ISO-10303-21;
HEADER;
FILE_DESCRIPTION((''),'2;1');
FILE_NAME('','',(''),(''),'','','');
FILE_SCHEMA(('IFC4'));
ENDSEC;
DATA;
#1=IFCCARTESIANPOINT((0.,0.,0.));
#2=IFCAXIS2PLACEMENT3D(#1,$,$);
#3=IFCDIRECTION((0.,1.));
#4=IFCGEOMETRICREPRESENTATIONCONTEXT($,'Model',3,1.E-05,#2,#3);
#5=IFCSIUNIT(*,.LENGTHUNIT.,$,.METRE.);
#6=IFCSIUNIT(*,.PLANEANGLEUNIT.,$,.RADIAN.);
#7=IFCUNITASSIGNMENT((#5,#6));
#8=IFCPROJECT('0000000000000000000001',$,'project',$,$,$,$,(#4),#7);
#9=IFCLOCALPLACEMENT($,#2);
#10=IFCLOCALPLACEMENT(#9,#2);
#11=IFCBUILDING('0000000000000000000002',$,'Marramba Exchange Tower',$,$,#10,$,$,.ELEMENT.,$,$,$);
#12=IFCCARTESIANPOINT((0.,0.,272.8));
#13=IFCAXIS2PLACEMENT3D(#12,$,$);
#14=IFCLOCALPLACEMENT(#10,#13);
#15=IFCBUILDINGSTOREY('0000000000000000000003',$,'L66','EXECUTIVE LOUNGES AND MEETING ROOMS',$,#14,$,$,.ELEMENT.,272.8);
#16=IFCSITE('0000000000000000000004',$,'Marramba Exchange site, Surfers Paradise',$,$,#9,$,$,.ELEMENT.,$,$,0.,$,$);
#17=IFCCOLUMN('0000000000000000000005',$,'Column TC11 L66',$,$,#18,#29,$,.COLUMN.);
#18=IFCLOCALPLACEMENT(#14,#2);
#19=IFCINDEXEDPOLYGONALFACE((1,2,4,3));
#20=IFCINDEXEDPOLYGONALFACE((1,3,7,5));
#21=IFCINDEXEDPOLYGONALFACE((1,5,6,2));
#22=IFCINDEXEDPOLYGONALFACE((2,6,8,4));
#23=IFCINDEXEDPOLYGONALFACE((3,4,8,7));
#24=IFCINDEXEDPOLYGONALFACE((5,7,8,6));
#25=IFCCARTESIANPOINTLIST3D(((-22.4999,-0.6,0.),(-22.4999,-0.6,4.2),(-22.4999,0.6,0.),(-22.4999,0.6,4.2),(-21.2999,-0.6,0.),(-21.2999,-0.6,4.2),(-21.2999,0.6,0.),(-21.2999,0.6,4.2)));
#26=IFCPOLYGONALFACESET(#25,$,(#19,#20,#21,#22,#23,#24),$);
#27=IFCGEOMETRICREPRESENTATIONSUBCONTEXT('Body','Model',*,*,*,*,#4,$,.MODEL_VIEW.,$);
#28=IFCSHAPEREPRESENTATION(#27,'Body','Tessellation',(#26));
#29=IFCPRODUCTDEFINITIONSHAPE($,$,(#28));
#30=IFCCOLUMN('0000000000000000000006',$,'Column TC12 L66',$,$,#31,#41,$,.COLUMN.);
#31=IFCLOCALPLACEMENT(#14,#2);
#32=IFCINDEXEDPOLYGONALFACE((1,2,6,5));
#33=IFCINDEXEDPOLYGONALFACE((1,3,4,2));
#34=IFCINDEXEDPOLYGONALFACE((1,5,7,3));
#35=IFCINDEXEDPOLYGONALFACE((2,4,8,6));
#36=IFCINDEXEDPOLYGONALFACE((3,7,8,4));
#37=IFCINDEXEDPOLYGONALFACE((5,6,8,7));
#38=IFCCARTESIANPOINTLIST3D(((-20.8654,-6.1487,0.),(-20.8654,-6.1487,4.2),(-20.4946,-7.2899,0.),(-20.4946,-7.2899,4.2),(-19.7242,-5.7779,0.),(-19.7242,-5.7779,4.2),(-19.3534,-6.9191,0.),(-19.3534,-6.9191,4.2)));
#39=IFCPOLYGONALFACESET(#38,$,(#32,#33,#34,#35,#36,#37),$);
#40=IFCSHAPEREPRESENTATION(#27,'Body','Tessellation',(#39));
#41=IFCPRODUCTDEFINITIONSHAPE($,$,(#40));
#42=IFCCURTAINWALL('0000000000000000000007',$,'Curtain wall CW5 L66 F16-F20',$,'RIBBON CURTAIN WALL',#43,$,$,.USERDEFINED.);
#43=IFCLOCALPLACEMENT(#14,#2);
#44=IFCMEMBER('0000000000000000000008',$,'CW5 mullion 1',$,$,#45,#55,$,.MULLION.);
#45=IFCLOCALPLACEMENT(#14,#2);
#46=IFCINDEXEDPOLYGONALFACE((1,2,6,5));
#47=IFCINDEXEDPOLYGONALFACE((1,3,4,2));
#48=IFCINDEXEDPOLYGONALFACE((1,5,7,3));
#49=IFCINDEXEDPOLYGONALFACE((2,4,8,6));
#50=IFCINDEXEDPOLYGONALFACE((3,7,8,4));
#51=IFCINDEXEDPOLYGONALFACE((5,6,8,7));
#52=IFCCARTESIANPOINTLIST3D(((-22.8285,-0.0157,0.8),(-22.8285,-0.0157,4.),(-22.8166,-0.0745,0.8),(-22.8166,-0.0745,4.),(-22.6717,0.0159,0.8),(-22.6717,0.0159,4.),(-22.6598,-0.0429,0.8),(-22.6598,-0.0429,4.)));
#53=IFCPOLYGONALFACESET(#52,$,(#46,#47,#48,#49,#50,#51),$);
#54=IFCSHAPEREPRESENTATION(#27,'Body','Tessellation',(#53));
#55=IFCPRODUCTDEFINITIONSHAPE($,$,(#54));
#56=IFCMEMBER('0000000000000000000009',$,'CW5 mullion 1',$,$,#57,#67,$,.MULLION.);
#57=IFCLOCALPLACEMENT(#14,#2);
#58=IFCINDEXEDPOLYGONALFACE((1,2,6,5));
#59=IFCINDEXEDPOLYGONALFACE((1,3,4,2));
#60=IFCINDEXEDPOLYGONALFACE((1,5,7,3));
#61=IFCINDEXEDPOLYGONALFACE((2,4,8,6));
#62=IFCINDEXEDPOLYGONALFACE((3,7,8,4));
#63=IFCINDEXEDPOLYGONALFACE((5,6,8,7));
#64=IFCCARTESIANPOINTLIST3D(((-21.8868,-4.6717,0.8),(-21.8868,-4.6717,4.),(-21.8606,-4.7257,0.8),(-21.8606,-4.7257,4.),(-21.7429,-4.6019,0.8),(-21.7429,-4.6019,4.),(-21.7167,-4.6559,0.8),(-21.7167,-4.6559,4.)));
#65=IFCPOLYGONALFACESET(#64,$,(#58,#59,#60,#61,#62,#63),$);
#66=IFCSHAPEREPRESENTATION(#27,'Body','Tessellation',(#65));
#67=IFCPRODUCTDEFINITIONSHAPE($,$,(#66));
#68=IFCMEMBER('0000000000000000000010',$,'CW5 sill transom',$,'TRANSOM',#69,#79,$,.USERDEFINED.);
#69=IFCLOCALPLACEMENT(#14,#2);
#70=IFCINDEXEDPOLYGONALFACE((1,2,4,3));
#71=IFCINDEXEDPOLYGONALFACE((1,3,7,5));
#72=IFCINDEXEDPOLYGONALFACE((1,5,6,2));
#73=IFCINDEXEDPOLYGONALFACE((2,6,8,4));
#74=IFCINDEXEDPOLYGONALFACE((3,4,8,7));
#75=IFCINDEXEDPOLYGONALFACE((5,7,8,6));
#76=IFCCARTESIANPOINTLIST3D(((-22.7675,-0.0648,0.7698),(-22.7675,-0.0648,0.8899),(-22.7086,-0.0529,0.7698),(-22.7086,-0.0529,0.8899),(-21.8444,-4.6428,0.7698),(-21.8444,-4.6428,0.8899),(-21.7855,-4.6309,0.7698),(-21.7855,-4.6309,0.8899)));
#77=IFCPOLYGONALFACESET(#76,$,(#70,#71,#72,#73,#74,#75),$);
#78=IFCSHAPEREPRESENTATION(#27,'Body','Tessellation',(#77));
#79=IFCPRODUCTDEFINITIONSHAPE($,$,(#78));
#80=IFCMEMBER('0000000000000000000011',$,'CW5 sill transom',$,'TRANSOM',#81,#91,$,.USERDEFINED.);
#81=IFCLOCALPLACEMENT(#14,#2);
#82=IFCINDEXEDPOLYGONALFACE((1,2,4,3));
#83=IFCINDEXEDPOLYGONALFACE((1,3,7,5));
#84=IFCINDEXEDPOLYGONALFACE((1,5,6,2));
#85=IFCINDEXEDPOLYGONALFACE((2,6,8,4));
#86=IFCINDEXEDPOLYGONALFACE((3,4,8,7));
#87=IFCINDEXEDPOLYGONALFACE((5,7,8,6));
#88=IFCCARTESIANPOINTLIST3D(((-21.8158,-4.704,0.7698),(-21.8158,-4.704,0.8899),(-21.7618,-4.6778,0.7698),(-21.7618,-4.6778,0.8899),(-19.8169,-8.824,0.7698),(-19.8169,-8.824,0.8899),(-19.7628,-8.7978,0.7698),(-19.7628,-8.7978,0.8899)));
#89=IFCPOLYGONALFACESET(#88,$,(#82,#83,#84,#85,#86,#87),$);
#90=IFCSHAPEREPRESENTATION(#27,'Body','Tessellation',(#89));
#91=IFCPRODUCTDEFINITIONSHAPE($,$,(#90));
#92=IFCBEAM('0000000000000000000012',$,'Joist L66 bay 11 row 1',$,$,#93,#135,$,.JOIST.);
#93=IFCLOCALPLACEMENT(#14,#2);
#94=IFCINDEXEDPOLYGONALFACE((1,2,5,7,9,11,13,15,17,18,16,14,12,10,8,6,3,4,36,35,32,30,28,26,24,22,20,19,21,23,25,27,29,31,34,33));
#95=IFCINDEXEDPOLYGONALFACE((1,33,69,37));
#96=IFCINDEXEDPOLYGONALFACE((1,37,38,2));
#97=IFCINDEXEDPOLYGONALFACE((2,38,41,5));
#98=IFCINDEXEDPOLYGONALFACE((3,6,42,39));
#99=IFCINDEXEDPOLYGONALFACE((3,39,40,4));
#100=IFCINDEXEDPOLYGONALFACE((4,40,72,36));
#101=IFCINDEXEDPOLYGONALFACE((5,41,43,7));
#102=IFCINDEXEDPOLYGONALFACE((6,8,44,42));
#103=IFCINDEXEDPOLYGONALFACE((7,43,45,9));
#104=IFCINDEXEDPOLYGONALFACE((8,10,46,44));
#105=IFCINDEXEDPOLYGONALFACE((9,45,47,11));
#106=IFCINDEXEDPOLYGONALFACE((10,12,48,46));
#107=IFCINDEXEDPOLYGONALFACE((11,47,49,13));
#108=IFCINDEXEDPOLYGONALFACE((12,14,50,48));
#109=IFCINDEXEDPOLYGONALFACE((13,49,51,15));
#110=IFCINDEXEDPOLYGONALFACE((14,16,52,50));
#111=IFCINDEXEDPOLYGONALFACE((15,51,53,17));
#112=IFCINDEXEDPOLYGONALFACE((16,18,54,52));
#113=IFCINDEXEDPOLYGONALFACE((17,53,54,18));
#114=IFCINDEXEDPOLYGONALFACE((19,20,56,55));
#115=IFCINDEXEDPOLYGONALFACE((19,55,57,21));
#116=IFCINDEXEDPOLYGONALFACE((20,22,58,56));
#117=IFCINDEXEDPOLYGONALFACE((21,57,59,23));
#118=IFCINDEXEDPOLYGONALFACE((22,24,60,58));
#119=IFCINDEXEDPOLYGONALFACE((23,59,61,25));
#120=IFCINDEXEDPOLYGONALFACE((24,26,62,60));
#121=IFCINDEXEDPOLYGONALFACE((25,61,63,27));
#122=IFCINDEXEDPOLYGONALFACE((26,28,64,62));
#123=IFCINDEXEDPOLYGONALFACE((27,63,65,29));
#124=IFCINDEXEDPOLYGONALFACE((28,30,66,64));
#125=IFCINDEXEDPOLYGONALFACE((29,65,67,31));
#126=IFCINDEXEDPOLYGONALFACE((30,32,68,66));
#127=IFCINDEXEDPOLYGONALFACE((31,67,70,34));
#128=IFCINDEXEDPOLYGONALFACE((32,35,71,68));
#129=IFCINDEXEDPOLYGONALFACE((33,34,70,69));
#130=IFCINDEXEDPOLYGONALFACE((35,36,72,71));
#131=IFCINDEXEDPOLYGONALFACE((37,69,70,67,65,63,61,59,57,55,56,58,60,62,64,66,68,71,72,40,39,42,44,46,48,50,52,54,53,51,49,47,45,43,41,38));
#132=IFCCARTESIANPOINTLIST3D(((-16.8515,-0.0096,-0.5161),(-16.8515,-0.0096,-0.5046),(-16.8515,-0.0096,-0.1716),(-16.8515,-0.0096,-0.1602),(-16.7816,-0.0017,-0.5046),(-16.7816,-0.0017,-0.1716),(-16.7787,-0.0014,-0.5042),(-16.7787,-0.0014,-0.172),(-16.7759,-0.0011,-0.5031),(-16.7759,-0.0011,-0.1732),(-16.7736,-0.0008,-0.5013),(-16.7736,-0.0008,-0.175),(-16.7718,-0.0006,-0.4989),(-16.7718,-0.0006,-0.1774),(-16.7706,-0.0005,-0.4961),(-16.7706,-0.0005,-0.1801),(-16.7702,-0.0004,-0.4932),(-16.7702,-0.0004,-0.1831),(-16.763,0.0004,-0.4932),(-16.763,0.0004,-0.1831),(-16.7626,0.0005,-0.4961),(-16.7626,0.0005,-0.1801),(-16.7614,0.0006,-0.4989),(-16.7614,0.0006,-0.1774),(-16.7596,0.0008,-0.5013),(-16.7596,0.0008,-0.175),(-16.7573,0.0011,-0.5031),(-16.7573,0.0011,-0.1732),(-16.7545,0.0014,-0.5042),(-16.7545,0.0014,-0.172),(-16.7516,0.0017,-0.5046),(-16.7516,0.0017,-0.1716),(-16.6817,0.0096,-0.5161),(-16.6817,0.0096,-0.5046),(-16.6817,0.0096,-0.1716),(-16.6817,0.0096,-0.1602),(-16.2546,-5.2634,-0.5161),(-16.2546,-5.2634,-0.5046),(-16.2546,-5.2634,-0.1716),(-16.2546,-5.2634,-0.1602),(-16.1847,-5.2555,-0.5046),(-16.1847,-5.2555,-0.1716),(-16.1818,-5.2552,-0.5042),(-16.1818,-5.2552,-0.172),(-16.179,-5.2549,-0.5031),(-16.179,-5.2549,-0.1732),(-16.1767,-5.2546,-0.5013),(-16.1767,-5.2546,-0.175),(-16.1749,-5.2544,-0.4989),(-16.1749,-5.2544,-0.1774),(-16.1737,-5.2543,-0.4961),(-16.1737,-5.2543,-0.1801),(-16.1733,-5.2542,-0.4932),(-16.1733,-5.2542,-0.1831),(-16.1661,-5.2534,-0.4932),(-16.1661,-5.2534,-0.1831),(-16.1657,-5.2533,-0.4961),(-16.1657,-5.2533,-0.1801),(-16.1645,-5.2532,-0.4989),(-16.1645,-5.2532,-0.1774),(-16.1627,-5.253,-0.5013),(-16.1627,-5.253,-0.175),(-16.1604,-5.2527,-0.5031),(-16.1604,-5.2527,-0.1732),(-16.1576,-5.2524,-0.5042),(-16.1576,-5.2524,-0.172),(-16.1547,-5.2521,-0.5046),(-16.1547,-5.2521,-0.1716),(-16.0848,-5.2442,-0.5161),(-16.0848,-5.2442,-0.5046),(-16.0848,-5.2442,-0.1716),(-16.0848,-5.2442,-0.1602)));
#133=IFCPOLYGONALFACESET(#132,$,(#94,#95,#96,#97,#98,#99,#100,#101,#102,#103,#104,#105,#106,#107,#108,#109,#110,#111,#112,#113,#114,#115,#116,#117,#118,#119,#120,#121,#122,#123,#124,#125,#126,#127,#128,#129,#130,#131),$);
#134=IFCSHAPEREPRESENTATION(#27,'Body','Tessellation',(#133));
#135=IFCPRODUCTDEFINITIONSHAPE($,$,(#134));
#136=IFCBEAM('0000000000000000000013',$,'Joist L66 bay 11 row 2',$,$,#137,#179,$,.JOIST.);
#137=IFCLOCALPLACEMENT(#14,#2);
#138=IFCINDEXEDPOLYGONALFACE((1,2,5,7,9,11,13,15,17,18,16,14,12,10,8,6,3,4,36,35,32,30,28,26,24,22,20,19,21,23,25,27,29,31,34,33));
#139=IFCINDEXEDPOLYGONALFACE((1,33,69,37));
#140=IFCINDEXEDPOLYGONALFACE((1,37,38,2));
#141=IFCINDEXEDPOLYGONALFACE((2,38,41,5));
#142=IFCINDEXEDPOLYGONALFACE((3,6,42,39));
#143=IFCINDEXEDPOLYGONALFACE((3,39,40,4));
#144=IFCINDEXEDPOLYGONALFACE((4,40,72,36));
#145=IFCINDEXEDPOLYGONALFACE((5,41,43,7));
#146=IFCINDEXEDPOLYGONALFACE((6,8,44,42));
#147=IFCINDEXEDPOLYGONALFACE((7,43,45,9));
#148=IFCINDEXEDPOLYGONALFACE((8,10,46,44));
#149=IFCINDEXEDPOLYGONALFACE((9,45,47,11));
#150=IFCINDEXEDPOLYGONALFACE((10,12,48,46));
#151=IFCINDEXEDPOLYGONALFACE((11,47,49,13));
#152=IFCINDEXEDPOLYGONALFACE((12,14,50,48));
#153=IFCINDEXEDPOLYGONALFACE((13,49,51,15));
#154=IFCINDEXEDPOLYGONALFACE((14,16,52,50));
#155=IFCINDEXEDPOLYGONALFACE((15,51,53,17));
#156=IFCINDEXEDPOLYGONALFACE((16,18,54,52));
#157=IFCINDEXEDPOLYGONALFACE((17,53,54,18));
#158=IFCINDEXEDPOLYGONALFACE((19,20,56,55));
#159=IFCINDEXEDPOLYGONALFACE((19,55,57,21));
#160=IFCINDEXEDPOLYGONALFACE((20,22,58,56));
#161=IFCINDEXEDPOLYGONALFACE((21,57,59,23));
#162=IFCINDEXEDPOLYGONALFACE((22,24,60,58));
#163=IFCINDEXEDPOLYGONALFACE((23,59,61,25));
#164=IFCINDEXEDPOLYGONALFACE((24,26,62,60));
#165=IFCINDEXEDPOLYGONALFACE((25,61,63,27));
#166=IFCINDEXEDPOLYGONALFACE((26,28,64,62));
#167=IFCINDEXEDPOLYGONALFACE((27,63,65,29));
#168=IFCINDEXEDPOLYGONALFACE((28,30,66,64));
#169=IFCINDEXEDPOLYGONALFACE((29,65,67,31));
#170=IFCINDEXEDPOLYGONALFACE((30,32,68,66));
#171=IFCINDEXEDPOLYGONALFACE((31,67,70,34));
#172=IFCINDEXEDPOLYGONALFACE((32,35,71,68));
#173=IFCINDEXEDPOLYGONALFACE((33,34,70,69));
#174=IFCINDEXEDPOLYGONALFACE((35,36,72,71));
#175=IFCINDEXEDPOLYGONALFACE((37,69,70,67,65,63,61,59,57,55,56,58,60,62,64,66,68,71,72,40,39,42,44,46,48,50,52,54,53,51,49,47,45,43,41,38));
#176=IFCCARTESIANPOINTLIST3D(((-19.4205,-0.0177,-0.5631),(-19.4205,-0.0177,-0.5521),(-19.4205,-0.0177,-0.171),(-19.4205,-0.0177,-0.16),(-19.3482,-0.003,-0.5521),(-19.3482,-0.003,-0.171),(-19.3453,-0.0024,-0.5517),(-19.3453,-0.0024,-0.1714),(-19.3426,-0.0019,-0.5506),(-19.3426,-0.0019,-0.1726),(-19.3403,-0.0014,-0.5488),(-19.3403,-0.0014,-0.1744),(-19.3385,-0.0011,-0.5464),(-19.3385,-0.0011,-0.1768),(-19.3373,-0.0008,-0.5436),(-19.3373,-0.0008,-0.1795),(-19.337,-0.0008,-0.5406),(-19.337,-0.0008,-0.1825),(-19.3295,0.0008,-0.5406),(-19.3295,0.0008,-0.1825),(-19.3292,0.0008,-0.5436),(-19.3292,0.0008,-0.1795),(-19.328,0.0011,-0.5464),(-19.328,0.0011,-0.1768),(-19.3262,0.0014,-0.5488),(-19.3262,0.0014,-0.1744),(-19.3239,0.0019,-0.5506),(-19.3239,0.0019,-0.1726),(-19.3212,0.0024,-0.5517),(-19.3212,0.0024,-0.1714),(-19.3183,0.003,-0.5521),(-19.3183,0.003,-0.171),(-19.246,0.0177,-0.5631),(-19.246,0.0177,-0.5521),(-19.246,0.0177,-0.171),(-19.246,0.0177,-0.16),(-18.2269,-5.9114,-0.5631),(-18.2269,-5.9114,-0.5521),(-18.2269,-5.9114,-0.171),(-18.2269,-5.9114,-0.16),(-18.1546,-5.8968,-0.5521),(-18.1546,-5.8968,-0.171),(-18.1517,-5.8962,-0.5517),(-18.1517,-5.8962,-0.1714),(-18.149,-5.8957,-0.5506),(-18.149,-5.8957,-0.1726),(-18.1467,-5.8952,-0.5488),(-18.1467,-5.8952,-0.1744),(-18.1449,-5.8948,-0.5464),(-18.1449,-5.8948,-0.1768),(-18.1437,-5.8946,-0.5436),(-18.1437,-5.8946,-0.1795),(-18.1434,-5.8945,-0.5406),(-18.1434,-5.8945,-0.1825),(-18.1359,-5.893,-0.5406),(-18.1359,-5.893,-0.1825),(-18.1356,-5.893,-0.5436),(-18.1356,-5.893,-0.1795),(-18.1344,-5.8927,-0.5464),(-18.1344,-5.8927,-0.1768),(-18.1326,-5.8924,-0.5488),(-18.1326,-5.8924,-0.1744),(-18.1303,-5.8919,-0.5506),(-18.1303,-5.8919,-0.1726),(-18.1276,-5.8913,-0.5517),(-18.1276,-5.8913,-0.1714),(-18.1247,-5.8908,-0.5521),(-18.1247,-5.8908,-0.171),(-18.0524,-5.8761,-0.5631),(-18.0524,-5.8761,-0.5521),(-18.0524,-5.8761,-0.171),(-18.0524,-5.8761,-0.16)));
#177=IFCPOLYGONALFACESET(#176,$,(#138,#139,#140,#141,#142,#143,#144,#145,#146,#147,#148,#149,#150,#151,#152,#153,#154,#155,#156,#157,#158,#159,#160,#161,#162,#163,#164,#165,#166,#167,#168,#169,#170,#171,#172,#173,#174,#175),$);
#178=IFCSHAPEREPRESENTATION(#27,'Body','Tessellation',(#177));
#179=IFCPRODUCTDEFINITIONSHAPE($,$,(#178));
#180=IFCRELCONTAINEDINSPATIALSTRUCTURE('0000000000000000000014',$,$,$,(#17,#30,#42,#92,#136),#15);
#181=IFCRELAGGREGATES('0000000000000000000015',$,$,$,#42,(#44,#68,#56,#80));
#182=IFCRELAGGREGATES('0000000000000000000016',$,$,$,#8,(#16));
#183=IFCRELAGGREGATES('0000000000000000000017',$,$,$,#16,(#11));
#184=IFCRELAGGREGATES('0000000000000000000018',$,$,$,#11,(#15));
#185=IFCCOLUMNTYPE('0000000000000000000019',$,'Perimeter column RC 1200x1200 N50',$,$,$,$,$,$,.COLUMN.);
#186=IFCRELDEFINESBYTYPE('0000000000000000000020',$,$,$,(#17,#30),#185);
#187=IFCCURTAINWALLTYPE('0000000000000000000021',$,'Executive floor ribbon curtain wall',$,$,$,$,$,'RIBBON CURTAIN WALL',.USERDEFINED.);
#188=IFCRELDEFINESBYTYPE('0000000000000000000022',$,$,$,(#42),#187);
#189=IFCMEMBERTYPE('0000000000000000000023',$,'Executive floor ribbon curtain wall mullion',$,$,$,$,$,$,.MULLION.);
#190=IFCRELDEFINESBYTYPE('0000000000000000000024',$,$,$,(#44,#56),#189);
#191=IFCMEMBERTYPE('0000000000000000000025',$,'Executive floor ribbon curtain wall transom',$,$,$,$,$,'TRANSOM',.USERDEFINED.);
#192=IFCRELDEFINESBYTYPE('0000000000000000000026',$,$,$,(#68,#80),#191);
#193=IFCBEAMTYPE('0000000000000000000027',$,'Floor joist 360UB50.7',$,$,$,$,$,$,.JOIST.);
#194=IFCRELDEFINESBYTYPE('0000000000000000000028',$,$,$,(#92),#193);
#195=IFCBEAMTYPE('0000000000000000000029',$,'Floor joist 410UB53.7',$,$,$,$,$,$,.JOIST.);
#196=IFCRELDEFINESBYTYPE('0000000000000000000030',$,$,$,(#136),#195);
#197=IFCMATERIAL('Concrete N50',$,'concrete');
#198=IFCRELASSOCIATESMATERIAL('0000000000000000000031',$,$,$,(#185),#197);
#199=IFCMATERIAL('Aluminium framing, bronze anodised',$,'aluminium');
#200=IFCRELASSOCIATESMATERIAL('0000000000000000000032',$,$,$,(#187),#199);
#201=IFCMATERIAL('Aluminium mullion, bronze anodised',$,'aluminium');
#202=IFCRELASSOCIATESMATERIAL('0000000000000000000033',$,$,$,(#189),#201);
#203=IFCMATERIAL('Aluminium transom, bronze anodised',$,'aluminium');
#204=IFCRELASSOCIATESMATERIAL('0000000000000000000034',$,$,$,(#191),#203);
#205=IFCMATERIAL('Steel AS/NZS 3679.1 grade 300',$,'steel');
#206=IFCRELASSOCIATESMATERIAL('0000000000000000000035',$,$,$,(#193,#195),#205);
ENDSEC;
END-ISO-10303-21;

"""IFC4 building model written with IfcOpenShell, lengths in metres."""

from ifc_helpers import new_model, si_unit, direction, frame, origin, origin_2d, place, context, subcontext, project, spatial, rectangle, i_section, extrude, material, material_profile, profile_set, type_object, element, aggregate, save


model = new_model("IFC4")

# Units and contexts
model_context = context("Model", 3, precision=1e-05, world=origin(), true_north=direction((0.0, 1.0)))
body_context = subcontext(model_context, "Body", "Model", "MODEL_VIEW")
ifc_project = project(units=[si_unit("LENGTHUNIT", "METRE"), si_unit("PLANEANGLEUNIT", "RADIAN")], contexts=[model_context])

# Site, building, storey
site_placement = place(None, origin())
site = spatial("IfcSite", under=ifc_project, at=site_placement, Name="Marramba Exchange site, Surfers Paradise", CompositionType="ELEMENT", RefElevation=0.0)
building_placement = place(site_placement, origin())
building = spatial("IfcBuilding", under=site, at=building_placement, Name="Marramba Exchange Tower", CompositionType="ELEMENT")
storey_placement = place(building_placement, frame((0.0, 0.0, 272.8)))
storey = spatial("IfcBuildingStorey", under=building, at=storey_placement, Name="L66", Description="EXECUTIVE LOUNGES AND MEETING ROOMS", CompositionType="ELEMENT", Elevation=272.8)

# Columns
ifc_material_1 = material(Name="Concrete N50", Category="concrete")
ifc_material_profile_1 = material_profile(ifc_material_1, rectangle(XDim=1.2, YDim=1.2, at=origin_2d()), Name="RC 1200x1200")
ifc_profile_set_1 = profile_set([ifc_material_profile_1], Name="Concrete N50")
column_type = type_object("IfcColumnType", Name="Perimeter column RC 1200x1200 N50", PredefinedType="COLUMN", material=ifc_profile_set_1)
for number, where, z_axis, x_axis, name in (
    (1, (-21.8999, 0.0, 0.0), (0.0, 0.0, 1.0), (-1.0, 0.0, 0.0), "Column TC11 L66"),
    (2, (-20.1094, -6.5339, 0.0), (0.0, 0.0, 1.0), (-0.951057, -0.309017, 0.0), "Column TC12 L66"),
):
    element("IfcColumn", number, at=place(storey_placement, frame(where, z_axis=z_axis, x_axis=x_axis)), inside=storey, type_object=column_type, Name=name, PredefinedType="COLUMN", context=body_context, shape_type="SweptSolid", body=[
        extrude(rectangle(XDim=1.2, YDim=1.2, at=origin_2d()), origin(), (0.0, 0.0, 1.0), 4.2),
    ])

# Curtain wall, members
ifc_material_2 = material(Name="Aluminium framing, bronze anodised", Category="aluminium")
curtain_wall_type = type_object("IfcCurtainWallType", Name="Executive floor ribbon curtain wall", ElementType="RIBBON CURTAIN WALL", PredefinedType="USERDEFINED", material=ifc_material_2)
curtain_wall_placement = place(storey_placement, origin())
curtain_wall = element("IfcCurtainWall", 3, at=curtain_wall_placement, inside=storey, type_object=curtain_wall_type, Name="Curtain wall CW5 L66 F16-F20", ObjectType="RIBBON CURTAIN WALL", PredefinedType="USERDEFINED")
ifc_material_3 = material(Name="Aluminium mullion, bronze anodised", Category="aluminium")
ifc_material_profile_2 = material_profile(ifc_material_3, rectangle(XDim=0.1599, YDim=0.0601, at=origin_2d()), Name="CW5 mullion 60x160")
ifc_profile_set_2 = profile_set([ifc_material_profile_2], Name="Aluminium mullion, bronze anodised")
member_type_1 = type_object("IfcMemberType", Name="Executive floor ribbon curtain wall mullion", PredefinedType="MULLION", material=ifc_profile_set_2)
member_1_placement = place(storey_placement, frame((-22.7441, -0.0293, 0.8), z_axis=(0.0, 0.0, 1.0), x_axis=(0.980269, 0.197671, 0.0)))
member_1 = element("IfcMember", 4, at=member_1_placement, type_object=member_type_1, Name="CW5 mullion 1", PredefinedType="MULLION", context=body_context, shape_type="SweptSolid", body=[
    extrude(rectangle(XDim=0.1599, YDim=0.0601, at=origin_2d()), origin(), (0.0, 0.0, 1.0), 3.2),
])
member_2_placement = place(storey_placement, frame((-21.8018, -4.6638, 0.8), z_axis=(0.0, 0.0, 1.0), x_axis=(0.899697, 0.436515, 0.0)))
member_2 = element("IfcMember", 5, at=member_2_placement, type_object=member_type_1, Name="CW5 mullion 1", PredefinedType="MULLION", context=body_context, shape_type="SweptSolid", body=[
    extrude(rectangle(XDim=0.1599, YDim=0.0601, at=origin_2d()), origin(), (0.0, 0.0, 1.0), 3.2),
])
ifc_material_4 = material(Name="Aluminium transom, bronze anodised", Category="aluminium")
ifc_material_profile_3 = material_profile(ifc_material_4, rectangle(XDim=0.0601, YDim=0.1201, at=origin_2d()), Name="CW5 transom 60x120")
ifc_profile_set_3 = profile_set([ifc_material_profile_3], Name="Aluminium transom, bronze anodised")
member_type_2 = type_object("IfcMemberType", Name="Executive floor ribbon curtain wall transom", ElementType="TRANSOM", PredefinedType="USERDEFINED", material=ifc_profile_set_3)
member_3_placement = place(storey_placement, frame((-22.738, -0.0588, 0.8298), z_axis=(0.197654, -0.980272, 0.0), x_axis=(0.980272, 0.197654, 0.0)))
member_3 = element("IfcMember", 6, at=member_3_placement, type_object=member_type_2, Name="CW5 sill transom", ObjectType="TRANSOM", PredefinedType="USERDEFINED", context=body_context, shape_type="SweptSolid", body=[
    extrude(rectangle(XDim=0.0601, YDim=0.1201, at=origin_2d()), origin(), (0.0, 0.0, 1.0), 4.6702),
])
member_4_placement = place(storey_placement, frame((-21.7888, -4.6909, 0.8298), z_axis=(0.436519, -0.899695, 0.0), x_axis=(0.899695, 0.436519, 0.0)))
member_4 = element("IfcMember", 7, at=member_4_placement, type_object=member_type_2, Name="CW5 sill transom", ObjectType="TRANSOM", PredefinedType="USERDEFINED", context=body_context, shape_type="SweptSolid", body=[
    extrude(rectangle(XDim=0.0601, YDim=0.1201, at=origin_2d()), origin(), (0.0, 0.0, 1.0), 4.5793),
])

# Beams
ifc_material_5 = material(Name="Steel AS/NZS 3679.1 grade 300", Category="steel")
ifc_material_profile_4 = material_profile(ifc_material_5, i_section(OverallWidth=0.1709, OverallDepth=0.356, WebThickness=0.0073, FlangeThickness=0.0115, FilletRadius=0.0115, at=origin_2d()), Name="360UB50.7")
ifc_profile_set_4 = profile_set([ifc_material_profile_4], Name="Steel AS/NZS 3679.1 grade 300")
beam_type_1 = type_object("IfcBeamType", Name="Floor joist 360UB50.7", PredefinedType="JOIST", material=ifc_profile_set_4)
beam_1_placement = place(storey_placement, frame((-16.7666, 0.0, -0.3381), z_axis=(0.112889, -0.993608, 0.0), x_axis=(0.993608, 0.112889, 0.0)))
element("IfcBeam", 8, at=beam_1_placement, inside=storey, type_object=beam_type_1, Name="Joist L66 bay 11 row 1", PredefinedType="JOIST", context=body_context, shape_type="SweptSolid", body=[
    extrude(i_section(OverallWidth=0.1709, OverallDepth=0.356, WebThickness=0.0073, FlangeThickness=0.0115, FilletRadius=0.0115, at=origin_2d()), origin(), (0.0, 0.0, 1.0), 5.2876),
])
ifc_material_profile_5 = material_profile(ifc_material_5, i_section(OverallWidth=0.178, OverallDepth=0.4031, WebThickness=0.0076, FlangeThickness=0.011, FilletRadius=0.0115, at=origin_2d()), Name="410UB53.7")
ifc_profile_set_5 = profile_set([ifc_material_profile_5], Name="Steel AS/NZS 3679.1 grade 300")
beam_type_2 = type_object("IfcBeamType", Name="Floor joist 410UB53.7", PredefinedType="JOIST", material=ifc_profile_set_5)
beam_2_placement = place(storey_placement, frame((-19.3333, 0.0, -0.3616), z_axis=(0.198489, -0.980103, 0.0), x_axis=(0.980103, 0.198489, 0.0)))
element("IfcBeam", 9, at=beam_2_placement, inside=storey, type_object=beam_type_2, Name="Joist L66 bay 11 row 2", PredefinedType="JOIST", context=body_context, shape_type="SweptSolid", body=[
    extrude(i_section(OverallWidth=0.178, OverallDepth=0.4031, WebThickness=0.0076, FlangeThickness=0.011, FilletRadius=0.0115, at=origin_2d()), origin(), (0.0, 0.0, 1.0), 6.0134),
])

aggregate(curtain_wall, [member_1, member_3, member_2, member_4])

save(model, "model.ifc")
